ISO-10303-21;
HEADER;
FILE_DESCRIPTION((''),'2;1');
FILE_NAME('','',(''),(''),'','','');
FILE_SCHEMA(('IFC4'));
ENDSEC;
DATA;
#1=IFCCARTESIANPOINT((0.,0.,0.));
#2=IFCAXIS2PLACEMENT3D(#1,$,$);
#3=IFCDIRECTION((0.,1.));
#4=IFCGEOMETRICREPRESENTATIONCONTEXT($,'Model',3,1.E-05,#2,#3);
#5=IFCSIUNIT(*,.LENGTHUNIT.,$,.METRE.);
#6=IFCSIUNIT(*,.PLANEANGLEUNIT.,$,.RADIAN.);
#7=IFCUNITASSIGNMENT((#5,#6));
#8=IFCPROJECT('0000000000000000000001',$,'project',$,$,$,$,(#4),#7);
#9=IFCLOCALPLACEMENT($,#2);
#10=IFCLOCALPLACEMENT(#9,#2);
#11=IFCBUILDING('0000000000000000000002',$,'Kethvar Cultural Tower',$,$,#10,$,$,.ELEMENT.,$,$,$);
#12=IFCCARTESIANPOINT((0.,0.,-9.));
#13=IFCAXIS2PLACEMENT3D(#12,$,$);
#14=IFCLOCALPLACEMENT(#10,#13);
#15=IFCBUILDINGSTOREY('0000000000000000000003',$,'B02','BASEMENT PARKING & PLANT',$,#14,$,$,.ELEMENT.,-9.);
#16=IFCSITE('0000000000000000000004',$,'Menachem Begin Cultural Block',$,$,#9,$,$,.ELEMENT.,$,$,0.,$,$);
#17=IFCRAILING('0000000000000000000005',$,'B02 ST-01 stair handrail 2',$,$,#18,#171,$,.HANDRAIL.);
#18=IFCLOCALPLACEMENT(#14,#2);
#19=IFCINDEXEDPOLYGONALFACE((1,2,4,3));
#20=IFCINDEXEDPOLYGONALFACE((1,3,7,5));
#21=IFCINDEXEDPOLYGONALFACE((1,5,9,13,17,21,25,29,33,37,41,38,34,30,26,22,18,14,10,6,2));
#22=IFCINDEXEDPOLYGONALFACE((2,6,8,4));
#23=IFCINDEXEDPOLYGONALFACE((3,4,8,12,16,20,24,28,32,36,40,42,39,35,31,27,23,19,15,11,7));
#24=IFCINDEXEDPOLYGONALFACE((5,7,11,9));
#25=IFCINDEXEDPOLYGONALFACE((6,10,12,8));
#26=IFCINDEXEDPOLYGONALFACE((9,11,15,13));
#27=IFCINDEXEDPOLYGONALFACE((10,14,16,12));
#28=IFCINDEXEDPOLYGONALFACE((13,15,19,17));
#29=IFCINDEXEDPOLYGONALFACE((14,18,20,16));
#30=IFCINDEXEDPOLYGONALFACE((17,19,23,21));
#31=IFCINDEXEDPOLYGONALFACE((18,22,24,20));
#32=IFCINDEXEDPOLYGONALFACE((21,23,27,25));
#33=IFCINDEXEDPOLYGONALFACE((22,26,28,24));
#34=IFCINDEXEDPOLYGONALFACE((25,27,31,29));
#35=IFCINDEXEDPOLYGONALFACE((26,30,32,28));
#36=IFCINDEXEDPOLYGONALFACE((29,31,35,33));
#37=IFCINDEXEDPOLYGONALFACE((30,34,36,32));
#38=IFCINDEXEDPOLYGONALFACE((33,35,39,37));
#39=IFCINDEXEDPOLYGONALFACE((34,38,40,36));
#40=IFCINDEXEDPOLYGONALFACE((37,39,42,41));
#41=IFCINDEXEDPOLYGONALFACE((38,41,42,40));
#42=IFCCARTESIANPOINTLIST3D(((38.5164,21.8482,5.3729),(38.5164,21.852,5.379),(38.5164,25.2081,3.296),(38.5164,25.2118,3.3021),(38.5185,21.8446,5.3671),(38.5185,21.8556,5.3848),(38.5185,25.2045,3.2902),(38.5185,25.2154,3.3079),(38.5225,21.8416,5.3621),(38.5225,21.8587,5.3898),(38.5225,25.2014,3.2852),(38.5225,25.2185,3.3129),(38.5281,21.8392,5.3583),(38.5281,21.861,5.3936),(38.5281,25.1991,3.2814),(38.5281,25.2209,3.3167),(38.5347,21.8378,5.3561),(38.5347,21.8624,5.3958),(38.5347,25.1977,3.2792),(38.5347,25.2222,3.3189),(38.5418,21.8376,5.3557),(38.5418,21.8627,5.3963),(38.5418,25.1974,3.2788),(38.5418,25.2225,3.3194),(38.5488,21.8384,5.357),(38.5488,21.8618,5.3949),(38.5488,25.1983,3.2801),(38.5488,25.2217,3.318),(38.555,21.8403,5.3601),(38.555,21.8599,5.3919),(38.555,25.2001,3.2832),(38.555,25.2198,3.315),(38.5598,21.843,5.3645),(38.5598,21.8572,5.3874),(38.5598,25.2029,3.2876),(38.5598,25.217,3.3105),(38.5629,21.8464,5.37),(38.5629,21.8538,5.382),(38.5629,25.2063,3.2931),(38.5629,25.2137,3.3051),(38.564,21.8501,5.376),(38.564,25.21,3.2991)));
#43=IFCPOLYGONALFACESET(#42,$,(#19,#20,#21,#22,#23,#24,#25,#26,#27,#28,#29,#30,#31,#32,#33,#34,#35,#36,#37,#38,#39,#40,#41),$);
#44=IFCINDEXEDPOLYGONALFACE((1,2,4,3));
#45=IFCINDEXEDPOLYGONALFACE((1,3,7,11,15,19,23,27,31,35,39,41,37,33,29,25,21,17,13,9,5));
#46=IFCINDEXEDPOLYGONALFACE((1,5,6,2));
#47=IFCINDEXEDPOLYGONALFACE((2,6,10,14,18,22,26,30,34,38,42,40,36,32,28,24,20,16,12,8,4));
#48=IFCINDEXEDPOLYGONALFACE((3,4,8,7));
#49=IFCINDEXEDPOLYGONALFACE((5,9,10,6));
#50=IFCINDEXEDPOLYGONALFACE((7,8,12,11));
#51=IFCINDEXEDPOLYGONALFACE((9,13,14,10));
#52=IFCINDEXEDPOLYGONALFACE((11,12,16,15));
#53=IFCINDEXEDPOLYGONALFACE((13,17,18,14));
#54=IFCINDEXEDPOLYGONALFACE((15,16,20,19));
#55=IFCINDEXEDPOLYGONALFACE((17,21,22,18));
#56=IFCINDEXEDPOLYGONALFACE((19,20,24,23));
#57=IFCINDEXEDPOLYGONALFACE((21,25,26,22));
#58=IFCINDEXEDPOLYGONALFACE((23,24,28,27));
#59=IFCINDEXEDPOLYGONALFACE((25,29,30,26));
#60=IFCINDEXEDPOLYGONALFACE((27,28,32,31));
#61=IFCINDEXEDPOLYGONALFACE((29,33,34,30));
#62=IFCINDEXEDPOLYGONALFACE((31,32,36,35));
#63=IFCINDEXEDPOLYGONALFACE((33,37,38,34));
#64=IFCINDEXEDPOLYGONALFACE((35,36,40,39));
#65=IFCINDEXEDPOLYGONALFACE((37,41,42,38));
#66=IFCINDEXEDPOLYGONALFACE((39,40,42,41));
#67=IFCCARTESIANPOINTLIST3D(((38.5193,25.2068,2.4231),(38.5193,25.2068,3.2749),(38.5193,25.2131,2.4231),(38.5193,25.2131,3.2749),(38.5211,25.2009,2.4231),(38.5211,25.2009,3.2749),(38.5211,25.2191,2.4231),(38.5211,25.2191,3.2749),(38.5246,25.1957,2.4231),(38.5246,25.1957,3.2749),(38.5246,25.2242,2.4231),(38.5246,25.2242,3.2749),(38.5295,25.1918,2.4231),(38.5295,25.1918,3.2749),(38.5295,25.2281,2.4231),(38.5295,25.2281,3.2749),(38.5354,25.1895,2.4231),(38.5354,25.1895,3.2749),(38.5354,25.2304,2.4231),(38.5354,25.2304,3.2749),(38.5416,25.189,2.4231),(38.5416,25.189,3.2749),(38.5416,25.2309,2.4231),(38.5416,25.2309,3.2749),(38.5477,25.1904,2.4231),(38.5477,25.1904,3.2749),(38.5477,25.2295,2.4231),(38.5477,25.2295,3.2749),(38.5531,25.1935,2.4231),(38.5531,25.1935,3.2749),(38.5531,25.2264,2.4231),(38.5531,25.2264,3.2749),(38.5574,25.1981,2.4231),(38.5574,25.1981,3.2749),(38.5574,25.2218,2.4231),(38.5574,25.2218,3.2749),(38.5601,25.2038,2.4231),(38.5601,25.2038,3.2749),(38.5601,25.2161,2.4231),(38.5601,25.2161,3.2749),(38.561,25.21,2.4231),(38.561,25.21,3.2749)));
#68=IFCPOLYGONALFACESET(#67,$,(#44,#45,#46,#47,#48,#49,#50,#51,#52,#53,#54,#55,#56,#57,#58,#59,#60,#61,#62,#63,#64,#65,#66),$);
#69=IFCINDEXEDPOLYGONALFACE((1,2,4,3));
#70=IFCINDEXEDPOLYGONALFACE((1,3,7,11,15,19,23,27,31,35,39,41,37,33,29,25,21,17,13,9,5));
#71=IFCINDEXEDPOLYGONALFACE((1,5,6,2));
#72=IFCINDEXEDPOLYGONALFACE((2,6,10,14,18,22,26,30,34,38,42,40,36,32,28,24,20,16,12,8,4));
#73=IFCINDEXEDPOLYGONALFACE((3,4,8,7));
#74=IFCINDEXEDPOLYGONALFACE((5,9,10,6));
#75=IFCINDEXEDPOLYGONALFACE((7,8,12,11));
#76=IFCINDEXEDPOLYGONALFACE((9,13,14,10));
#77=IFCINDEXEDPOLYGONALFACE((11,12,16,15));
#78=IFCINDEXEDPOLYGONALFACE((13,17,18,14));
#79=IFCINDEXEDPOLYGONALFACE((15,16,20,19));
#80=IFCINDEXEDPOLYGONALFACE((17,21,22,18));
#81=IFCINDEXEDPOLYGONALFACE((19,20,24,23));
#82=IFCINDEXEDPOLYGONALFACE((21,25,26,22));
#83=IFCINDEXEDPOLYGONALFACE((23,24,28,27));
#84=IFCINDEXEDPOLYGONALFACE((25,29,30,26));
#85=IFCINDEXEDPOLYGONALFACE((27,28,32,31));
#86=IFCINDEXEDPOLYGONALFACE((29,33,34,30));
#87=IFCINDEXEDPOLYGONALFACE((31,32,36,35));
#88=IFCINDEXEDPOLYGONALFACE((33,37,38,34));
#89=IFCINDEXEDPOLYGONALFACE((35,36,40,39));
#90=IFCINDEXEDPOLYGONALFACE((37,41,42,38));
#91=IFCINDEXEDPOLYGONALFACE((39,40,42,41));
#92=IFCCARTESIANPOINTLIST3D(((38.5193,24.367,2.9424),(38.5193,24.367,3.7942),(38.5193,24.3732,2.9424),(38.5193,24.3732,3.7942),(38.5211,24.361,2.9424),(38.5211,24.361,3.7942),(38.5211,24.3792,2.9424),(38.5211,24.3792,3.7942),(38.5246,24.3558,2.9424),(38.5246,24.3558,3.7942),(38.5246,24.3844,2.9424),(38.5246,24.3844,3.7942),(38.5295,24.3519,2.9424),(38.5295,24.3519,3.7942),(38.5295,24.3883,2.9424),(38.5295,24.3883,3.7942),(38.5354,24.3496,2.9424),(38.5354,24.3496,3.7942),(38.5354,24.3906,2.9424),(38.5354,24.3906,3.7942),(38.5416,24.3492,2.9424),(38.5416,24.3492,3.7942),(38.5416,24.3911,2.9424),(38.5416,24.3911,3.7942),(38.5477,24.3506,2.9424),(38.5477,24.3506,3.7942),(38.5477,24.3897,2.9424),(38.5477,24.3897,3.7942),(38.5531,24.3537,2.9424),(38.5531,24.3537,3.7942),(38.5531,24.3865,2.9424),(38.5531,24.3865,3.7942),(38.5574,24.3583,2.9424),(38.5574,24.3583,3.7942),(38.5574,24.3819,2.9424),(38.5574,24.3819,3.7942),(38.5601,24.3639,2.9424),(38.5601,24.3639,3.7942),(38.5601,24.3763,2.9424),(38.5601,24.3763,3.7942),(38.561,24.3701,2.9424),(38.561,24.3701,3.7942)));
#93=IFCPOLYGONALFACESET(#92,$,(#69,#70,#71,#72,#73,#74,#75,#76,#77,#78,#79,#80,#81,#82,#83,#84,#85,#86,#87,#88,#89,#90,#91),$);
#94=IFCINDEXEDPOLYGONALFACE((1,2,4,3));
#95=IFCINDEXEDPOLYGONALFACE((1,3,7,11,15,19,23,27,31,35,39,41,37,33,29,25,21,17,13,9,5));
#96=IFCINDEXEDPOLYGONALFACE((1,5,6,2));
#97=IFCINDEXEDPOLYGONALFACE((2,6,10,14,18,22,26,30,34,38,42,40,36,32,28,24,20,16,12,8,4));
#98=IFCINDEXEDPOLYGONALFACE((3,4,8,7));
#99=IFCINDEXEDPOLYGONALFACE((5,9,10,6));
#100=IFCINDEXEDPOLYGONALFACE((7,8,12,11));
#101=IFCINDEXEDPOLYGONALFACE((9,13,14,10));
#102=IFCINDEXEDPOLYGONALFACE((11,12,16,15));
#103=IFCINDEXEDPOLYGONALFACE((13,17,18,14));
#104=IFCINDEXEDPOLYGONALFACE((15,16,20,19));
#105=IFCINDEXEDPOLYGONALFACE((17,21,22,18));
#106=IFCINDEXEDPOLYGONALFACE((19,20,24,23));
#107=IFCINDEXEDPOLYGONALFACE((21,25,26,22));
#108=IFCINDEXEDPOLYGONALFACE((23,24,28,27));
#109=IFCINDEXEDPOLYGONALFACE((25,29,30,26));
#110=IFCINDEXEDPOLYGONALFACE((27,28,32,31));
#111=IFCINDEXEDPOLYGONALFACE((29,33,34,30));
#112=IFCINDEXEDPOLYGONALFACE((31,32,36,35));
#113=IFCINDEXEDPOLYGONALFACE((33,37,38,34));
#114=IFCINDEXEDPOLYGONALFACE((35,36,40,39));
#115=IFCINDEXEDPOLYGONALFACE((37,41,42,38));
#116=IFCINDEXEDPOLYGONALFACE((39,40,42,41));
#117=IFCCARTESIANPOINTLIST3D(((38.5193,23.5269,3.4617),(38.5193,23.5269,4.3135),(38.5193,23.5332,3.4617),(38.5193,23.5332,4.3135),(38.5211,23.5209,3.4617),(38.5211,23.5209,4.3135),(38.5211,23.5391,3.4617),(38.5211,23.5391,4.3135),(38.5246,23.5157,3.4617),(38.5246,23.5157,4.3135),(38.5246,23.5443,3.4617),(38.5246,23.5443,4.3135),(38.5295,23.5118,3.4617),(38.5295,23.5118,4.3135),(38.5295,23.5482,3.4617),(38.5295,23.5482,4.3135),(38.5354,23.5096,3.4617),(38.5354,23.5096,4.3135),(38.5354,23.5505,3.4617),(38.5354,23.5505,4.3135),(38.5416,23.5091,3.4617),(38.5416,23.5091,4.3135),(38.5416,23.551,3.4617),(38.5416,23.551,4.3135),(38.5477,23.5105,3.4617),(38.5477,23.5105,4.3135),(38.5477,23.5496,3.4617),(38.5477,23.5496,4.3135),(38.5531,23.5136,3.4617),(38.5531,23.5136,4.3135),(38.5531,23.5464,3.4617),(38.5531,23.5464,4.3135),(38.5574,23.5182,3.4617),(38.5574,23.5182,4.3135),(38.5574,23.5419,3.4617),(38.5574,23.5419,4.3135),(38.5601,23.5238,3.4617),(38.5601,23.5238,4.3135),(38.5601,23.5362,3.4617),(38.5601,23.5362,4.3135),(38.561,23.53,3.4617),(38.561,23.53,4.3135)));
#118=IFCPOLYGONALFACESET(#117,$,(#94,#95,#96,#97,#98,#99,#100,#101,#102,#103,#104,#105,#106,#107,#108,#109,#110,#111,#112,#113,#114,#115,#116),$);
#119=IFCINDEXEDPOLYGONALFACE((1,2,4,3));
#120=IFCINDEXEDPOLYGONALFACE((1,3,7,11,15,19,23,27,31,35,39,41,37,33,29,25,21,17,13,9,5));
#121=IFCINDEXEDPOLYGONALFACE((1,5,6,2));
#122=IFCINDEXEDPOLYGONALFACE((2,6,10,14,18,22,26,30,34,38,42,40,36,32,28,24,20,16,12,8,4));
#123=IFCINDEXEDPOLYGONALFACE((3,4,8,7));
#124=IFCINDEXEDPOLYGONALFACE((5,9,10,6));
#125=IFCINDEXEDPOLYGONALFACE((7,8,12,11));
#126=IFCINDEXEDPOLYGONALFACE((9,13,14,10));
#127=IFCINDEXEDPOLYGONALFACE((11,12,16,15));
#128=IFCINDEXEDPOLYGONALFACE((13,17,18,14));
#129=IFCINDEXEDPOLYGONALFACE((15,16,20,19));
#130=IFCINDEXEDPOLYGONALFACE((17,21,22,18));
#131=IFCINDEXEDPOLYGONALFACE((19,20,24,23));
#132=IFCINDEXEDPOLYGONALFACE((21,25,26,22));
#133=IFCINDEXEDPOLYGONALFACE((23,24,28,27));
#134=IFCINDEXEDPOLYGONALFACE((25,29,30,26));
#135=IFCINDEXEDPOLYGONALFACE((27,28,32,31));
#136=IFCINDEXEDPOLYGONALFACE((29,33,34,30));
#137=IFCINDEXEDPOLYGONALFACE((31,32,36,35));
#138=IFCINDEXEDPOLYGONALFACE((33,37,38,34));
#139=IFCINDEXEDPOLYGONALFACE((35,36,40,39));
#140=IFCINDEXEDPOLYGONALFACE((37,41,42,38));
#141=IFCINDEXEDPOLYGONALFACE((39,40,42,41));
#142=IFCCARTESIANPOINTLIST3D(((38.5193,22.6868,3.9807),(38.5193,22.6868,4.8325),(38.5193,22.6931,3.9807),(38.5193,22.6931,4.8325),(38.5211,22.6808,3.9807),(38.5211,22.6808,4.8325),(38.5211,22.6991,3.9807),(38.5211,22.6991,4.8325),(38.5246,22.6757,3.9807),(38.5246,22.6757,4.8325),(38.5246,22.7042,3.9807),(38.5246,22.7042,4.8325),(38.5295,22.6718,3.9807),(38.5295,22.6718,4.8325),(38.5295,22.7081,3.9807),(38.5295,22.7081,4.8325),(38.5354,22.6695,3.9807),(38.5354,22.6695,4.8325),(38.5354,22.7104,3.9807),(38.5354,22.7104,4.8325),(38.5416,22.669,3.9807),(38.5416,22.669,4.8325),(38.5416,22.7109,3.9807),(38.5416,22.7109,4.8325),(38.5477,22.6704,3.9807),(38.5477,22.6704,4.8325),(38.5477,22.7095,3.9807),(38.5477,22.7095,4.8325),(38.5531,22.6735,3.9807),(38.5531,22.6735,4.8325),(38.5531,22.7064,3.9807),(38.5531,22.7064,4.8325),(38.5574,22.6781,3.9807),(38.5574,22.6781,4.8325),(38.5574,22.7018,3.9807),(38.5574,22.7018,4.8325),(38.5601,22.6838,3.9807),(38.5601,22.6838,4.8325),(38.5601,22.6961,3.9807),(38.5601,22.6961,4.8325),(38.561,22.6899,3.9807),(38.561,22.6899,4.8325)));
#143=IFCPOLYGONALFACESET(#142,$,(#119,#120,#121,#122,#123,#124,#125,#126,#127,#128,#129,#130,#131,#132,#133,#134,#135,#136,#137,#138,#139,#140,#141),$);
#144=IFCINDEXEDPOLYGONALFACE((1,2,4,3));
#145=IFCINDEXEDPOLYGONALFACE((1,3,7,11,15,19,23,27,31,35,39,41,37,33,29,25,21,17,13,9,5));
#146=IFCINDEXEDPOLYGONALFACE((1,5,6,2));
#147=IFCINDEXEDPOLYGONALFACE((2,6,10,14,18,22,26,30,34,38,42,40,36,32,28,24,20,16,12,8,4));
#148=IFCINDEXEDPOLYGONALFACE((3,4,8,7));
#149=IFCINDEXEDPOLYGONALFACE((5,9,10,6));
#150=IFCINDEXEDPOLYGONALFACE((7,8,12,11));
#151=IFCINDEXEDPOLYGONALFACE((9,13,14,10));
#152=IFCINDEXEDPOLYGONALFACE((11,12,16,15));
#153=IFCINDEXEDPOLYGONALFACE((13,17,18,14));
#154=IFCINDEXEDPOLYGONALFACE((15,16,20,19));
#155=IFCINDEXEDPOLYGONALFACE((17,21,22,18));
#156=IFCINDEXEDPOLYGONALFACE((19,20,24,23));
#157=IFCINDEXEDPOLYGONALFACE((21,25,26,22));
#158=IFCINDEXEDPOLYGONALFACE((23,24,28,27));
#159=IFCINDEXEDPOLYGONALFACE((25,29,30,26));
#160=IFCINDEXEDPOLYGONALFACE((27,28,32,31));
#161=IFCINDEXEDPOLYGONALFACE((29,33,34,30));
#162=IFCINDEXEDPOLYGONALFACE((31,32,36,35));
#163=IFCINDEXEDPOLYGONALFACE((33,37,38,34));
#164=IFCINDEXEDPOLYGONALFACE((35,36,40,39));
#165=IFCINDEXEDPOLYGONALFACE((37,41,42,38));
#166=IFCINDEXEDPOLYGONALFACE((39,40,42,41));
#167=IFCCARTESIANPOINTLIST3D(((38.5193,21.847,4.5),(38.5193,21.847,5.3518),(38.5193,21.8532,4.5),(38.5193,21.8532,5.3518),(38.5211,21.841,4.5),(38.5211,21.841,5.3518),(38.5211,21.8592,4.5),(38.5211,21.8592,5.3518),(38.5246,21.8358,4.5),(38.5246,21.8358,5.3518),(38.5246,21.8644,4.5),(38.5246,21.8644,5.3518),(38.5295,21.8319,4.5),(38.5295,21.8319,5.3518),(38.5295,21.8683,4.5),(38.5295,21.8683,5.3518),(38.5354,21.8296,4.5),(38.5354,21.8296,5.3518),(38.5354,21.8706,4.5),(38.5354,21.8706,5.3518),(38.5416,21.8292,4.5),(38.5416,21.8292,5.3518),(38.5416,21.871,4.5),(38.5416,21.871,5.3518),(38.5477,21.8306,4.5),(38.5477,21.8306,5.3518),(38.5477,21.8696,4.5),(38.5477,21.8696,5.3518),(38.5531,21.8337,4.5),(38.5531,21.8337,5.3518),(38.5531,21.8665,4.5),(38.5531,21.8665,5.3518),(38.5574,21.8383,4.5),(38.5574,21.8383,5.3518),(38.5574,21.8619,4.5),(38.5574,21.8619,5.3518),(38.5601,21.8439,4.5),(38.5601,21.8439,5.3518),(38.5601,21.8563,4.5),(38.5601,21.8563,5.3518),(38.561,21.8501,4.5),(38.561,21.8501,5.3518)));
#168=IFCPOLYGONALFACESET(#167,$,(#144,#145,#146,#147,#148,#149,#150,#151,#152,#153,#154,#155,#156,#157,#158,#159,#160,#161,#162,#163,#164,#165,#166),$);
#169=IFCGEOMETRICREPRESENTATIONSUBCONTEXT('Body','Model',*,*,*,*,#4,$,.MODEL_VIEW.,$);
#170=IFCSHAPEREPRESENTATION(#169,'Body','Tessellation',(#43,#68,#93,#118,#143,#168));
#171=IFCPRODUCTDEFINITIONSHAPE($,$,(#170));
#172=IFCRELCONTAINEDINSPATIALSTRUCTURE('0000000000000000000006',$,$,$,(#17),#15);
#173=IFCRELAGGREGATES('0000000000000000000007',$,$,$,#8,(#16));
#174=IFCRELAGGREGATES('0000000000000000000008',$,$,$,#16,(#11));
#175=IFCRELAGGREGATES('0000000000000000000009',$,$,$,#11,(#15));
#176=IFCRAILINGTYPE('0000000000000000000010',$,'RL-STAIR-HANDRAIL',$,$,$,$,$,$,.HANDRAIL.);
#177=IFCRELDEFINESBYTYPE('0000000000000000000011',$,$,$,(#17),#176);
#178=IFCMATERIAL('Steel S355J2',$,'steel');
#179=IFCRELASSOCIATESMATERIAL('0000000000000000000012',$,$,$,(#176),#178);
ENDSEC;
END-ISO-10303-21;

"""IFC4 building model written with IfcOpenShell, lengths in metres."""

from ifc_helpers import new_model, si_unit, direction, frame, origin, origin_2d, place, context, subcontext, project, spatial, circle, extrude, material, type_object, element, save


model = new_model("IFC4")

# Units and contexts
model_context = context("Model", 3, precision=1e-05, world=origin(), true_north=direction((0.0, 1.0)))
body_context = subcontext(model_context, "Body", "Model", "MODEL_VIEW")
ifc_project = project(units=[si_unit("LENGTHUNIT", "METRE"), si_unit("PLANEANGLEUNIT", "RADIAN")], contexts=[model_context])

# Site, building, storey
site_placement = place(None, origin())
site = spatial("IfcSite", under=ifc_project, at=site_placement, Name="Menachem Begin Cultural Block", CompositionType="ELEMENT", RefElevation=0.0)
building_placement = place(site_placement, origin())
building = spatial("IfcBuilding", under=site, at=building_placement, Name="Kethvar Cultural Tower", CompositionType="ELEMENT")
storey_placement = place(building_placement, frame((0.0, 0.0, -9.0)))
storey = spatial("IfcBuildingStorey", under=building, at=storey_placement, Name="B02", Description="BASEMENT PARKING & PLANT", CompositionType="ELEMENT", Elevation=-9.0)

# Shared definitions
ifc_material_1 = material(Name="Steel S355J2", Category="steel")

# Railing
railing_type_1 = type_object("IfcRailingType", Name="RL-STAIR-HANDRAIL", PredefinedType="HANDRAIL", material=ifc_material_1)
railing_1_placement = place(storey_placement, frame((38.54, 25.21, 2.4231)))
element("IfcRailing", 1, at=railing_1_placement, inside=storey, type_object=railing_type_1, Name="B02 ST-01 stair handrail 2", PredefinedType="HANDRAIL", context=body_context, shape_type="SweptSolid", body=[
    extrude(circle(Radius=0.0239, at=origin_2d()), frame((0.0, 0.0, 0.876), z_axis=(0.0, -0.850606, 0.525803), x_axis=(1.0, 0.0, 0.0)), (0.0, 0.0, 1.0), 3.95),
    extrude(circle(Radius=0.021, at=origin_2d()), origin(), (0.0, 0.0, 1.0), 0.8518),
    extrude(circle(Radius=0.021, at=origin_2d()), frame((0.0, -0.8398, 0.5193)), (0.0, 0.0, 1.0), 0.8518),
    extrude(circle(Radius=0.021, at=origin_2d()), frame((0.0, -1.6799, 1.0386)), (0.0, 0.0, 1.0), 0.8518),
    extrude(circle(Radius=0.021, at=origin_2d()), frame((0.0, -2.52, 1.5576)), (0.0, 0.0, 1.0), 0.8518),
    extrude(circle(Radius=0.021, at=origin_2d()), frame((0.0, -3.3599, 2.0769)), (0.0, 0.0, 1.0), 0.8518),
])

save(model, "model.ifc")
